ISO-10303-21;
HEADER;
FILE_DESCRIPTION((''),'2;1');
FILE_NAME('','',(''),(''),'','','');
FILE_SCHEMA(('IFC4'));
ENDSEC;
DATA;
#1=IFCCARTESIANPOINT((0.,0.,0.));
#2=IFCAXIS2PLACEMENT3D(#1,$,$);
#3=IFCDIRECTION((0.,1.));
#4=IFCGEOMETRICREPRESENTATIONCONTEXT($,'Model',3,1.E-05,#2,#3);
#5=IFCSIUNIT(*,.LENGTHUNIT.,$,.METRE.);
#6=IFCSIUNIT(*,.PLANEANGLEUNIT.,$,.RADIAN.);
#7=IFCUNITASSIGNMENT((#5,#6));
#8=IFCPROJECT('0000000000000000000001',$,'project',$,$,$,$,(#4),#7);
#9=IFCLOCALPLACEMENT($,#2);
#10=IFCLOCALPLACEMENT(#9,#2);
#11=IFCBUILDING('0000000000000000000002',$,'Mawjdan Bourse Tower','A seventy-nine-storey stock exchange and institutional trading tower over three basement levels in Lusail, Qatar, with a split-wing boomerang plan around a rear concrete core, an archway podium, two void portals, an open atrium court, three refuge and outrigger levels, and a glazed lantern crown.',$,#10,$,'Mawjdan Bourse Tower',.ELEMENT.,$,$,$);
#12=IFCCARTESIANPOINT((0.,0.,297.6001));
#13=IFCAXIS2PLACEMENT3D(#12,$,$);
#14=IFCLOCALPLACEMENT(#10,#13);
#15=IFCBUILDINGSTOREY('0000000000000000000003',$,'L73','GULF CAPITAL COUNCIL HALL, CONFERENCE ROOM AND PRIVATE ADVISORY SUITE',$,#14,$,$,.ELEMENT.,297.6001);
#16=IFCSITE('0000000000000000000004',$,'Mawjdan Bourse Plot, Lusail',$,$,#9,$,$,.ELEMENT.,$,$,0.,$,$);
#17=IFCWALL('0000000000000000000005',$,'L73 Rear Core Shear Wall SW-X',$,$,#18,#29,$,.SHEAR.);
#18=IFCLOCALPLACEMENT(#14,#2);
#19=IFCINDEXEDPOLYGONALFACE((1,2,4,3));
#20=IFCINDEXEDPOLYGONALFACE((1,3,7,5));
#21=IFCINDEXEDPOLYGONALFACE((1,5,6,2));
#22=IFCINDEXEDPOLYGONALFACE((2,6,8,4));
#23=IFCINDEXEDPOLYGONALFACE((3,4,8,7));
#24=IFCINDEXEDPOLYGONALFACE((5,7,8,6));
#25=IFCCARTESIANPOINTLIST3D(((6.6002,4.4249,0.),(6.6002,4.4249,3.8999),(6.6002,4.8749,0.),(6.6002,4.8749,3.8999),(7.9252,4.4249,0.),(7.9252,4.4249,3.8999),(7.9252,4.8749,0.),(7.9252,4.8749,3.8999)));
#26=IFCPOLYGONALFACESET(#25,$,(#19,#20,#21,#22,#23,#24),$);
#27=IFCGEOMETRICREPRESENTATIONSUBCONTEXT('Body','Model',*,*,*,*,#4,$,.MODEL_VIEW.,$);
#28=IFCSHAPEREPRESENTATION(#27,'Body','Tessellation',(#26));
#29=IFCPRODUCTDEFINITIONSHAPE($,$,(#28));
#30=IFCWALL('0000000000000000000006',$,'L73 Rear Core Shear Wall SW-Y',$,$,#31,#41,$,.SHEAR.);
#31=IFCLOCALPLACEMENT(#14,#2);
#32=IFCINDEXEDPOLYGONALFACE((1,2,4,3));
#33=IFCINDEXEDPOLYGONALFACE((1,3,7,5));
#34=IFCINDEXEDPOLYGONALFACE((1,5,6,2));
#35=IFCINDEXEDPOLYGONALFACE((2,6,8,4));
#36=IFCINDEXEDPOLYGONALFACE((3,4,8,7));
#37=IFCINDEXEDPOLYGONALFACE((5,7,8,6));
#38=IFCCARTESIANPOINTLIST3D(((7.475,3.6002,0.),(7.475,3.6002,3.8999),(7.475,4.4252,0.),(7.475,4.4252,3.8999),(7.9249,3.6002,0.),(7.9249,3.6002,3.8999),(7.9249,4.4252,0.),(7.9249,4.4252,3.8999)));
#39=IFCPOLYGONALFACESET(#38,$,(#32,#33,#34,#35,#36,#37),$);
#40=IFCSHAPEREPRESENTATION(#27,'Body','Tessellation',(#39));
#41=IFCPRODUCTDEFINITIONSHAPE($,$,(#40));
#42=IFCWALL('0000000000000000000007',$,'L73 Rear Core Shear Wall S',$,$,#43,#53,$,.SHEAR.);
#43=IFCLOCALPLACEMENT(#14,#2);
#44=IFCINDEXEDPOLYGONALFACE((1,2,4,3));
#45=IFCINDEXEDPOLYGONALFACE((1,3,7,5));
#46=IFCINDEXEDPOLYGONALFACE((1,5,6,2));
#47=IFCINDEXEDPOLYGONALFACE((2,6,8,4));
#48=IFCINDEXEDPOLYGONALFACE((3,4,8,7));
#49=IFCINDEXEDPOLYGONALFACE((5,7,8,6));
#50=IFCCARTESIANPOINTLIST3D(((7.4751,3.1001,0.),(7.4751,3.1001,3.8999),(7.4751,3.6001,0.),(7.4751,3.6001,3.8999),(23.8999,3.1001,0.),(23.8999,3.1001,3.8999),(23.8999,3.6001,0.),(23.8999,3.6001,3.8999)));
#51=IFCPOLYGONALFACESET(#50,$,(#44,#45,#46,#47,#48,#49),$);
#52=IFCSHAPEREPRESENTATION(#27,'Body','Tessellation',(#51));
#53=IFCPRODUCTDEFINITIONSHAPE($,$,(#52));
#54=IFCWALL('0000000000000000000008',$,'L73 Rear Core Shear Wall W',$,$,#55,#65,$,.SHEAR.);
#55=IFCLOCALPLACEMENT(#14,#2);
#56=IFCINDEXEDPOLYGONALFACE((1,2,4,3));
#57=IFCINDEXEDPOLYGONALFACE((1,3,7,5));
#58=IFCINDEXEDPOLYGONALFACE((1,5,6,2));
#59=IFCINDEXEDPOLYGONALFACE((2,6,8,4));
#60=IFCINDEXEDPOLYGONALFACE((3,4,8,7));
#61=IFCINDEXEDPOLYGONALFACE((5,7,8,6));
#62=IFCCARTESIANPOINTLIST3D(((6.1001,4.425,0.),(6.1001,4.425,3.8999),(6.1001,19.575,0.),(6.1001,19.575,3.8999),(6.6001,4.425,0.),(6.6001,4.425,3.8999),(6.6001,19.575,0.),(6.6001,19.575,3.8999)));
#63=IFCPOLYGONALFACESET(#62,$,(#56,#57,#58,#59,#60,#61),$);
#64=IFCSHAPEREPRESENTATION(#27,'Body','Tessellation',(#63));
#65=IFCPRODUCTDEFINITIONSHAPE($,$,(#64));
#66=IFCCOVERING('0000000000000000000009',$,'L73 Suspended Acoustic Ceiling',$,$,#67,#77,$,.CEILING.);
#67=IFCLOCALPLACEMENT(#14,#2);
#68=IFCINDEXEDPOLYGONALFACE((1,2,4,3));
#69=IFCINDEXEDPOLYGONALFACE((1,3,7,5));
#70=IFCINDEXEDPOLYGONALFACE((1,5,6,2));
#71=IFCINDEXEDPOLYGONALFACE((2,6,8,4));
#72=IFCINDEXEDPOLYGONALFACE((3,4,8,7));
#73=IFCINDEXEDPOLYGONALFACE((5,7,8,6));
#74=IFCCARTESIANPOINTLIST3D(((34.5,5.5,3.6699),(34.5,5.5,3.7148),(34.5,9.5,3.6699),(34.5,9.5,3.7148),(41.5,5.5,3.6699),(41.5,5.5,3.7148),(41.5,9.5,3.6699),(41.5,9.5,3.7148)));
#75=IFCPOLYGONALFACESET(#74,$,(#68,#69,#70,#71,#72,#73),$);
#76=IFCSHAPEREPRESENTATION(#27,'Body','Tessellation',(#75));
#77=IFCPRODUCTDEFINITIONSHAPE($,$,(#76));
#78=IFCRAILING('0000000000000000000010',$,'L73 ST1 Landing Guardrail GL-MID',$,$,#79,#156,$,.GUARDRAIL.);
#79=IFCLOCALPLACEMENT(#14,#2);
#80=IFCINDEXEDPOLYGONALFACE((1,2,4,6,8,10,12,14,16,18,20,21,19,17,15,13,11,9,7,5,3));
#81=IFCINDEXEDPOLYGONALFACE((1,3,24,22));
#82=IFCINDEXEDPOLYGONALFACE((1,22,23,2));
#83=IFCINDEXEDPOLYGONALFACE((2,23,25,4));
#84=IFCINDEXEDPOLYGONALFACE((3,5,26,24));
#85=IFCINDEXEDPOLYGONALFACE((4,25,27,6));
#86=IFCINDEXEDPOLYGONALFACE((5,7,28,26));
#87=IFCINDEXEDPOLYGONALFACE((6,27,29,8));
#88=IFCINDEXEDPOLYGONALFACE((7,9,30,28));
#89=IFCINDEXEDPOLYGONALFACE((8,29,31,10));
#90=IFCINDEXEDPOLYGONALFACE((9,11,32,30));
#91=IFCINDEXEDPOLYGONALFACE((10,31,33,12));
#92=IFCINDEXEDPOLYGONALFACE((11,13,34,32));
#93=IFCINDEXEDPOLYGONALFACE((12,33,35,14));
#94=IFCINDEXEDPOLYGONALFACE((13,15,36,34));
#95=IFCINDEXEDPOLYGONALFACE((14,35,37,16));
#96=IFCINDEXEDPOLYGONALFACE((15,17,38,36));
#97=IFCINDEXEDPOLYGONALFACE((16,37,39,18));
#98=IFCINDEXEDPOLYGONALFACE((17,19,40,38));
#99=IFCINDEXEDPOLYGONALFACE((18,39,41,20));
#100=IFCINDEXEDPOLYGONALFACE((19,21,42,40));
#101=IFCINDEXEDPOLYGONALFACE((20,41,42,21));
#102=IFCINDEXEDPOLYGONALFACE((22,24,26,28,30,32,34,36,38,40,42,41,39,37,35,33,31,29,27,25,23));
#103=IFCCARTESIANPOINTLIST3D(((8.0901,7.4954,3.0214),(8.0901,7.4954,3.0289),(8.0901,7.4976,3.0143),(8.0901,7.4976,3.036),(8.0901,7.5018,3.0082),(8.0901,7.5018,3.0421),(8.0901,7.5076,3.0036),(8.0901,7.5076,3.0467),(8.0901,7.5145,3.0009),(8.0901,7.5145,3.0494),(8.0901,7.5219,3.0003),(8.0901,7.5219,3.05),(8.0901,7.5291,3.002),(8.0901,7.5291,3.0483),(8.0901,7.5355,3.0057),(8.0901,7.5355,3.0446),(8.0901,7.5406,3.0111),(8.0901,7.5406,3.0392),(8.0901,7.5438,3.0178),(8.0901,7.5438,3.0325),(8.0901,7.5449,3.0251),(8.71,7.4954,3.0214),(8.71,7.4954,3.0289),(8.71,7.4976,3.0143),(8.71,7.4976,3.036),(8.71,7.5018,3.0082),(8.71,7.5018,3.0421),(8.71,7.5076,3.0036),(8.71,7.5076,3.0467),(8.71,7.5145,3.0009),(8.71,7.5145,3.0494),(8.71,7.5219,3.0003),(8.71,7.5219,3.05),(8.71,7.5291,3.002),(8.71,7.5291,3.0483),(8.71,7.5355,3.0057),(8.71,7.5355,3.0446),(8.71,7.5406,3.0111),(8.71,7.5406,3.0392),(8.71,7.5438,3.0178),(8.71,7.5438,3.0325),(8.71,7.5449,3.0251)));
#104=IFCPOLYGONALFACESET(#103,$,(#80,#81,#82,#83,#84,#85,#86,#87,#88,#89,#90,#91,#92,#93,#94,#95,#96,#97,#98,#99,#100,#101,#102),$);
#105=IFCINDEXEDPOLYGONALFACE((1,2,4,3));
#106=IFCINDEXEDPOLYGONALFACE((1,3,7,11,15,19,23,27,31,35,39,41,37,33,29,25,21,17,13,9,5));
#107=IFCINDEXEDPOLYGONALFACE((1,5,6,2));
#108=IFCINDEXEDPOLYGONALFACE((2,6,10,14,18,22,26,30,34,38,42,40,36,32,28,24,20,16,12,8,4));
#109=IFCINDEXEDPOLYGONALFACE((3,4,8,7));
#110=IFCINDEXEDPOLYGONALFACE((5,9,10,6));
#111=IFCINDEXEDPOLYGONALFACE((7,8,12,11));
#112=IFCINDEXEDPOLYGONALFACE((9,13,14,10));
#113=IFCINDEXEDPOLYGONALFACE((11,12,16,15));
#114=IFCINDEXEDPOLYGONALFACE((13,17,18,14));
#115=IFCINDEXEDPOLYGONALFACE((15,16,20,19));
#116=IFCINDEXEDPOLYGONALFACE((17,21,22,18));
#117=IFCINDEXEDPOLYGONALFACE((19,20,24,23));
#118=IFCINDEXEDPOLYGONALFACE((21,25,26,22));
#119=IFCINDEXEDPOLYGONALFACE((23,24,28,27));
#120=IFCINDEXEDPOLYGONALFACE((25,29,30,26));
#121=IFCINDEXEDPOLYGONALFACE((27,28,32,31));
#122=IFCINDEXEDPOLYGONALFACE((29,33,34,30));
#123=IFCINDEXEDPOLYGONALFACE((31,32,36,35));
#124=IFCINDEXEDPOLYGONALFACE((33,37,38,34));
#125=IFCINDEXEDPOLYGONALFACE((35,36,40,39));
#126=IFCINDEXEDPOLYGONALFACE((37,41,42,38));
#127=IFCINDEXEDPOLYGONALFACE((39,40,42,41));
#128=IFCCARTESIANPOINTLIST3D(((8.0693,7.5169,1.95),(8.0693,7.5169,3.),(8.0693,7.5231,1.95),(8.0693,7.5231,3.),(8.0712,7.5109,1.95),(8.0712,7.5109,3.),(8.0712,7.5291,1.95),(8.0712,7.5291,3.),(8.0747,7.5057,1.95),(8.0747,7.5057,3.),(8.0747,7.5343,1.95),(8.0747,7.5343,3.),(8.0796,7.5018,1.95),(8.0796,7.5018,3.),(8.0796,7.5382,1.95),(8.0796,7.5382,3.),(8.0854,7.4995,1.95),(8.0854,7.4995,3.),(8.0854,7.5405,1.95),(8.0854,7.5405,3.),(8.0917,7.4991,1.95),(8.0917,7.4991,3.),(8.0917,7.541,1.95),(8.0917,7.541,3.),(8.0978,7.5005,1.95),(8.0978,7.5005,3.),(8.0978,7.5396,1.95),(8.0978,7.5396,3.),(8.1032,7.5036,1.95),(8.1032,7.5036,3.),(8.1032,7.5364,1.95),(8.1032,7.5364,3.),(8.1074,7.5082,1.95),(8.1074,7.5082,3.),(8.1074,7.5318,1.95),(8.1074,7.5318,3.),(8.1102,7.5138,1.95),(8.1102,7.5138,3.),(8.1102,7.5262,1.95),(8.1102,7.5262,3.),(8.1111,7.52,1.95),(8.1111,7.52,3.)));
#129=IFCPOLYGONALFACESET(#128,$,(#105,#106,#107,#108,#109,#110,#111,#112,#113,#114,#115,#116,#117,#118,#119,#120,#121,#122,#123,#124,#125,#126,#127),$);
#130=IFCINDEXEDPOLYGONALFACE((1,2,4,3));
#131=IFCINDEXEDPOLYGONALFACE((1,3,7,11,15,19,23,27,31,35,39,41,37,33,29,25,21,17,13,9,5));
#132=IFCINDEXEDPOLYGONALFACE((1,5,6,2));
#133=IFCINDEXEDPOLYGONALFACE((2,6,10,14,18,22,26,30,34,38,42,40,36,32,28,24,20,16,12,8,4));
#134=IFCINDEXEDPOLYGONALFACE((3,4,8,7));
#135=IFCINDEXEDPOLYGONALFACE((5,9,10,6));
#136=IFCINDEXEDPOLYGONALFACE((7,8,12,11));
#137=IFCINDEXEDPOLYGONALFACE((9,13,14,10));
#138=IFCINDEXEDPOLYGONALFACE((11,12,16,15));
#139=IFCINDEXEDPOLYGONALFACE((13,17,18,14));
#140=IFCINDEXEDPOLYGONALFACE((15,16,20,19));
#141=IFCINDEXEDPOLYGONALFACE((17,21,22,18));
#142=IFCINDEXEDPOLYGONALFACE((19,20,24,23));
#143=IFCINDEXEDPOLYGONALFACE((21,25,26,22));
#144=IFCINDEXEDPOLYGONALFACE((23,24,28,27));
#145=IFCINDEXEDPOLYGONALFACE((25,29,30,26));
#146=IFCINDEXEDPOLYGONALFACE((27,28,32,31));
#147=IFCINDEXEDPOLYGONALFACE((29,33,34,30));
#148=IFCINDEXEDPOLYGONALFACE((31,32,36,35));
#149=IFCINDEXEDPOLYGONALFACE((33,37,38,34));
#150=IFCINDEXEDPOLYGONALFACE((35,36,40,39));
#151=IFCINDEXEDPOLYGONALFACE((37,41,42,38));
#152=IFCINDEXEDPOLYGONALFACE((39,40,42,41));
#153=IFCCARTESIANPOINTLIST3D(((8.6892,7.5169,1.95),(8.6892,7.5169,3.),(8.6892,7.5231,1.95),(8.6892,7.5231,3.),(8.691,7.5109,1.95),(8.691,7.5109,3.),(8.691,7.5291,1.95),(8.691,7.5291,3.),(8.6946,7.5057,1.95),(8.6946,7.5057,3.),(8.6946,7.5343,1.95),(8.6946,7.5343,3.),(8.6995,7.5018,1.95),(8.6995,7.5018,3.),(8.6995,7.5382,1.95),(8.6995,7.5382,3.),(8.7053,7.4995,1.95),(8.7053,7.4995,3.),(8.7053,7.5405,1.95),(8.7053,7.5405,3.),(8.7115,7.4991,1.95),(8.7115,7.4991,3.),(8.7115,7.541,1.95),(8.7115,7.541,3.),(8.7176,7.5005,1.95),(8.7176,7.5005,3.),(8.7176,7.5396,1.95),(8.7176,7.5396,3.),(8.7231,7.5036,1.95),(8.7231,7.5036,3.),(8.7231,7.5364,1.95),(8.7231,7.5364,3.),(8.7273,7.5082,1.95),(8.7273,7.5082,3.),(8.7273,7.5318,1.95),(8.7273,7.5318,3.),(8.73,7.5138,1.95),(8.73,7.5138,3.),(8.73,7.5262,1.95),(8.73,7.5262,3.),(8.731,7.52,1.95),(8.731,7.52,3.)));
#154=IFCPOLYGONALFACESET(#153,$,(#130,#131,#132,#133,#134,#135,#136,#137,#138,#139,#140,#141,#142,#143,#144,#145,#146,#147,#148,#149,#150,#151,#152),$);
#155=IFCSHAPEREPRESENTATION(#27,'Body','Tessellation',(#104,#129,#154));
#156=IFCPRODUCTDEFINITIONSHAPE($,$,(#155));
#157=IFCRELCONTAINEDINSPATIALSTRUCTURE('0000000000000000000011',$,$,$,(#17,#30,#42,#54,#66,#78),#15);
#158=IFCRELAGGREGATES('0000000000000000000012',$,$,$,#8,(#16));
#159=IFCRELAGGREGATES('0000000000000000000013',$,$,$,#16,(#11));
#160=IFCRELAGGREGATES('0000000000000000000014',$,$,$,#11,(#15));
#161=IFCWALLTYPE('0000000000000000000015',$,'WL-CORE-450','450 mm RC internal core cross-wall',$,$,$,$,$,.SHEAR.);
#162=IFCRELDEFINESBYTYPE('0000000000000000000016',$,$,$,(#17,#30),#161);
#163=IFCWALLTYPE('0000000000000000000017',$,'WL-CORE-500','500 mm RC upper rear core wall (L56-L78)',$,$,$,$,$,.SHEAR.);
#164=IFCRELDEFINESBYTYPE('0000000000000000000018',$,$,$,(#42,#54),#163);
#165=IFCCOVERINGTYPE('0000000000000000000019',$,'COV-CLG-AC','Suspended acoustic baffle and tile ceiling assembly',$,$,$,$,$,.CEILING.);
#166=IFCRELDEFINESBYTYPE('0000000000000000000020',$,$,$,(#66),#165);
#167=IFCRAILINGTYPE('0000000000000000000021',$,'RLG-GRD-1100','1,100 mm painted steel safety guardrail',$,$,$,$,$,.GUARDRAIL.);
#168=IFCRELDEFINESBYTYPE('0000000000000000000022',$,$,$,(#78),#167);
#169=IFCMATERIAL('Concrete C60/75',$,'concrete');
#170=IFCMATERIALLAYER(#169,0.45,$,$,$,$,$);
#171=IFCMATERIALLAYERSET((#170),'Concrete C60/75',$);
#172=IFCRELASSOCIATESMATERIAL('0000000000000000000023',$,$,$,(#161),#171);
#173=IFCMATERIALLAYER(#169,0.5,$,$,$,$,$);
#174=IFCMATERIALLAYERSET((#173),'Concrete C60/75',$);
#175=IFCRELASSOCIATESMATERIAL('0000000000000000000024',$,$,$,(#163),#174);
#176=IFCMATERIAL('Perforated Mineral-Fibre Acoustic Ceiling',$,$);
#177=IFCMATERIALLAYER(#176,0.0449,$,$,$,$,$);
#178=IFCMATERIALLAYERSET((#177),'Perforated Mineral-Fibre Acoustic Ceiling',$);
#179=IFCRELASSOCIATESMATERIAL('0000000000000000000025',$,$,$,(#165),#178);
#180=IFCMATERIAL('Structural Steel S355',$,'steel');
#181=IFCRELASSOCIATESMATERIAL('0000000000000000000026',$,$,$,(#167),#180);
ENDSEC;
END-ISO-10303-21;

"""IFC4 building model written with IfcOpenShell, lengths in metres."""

from ifc_helpers import new_model, si_unit, direction, frame, frame_2d, origin, origin_2d, place, context, subcontext, project, spatial, polyline, rectangle, circle, outline, extrude, material, layer, layer_set, type_object, element, save


model = new_model("IFC4")

# Units and contexts
model_context = context("Model", 3, precision=1e-05, world=origin(), true_north=direction((0.0, 1.0)))
body_context = subcontext(model_context, "Body", "Model", "MODEL_VIEW")
ifc_project = project(units=[si_unit("LENGTHUNIT", "METRE"), si_unit("PLANEANGLEUNIT", "RADIAN")], contexts=[model_context])

# Site, building, storey
site_placement = place(None, origin())
site = spatial("IfcSite", under=ifc_project, at=site_placement, Name="Mawjdan Bourse Plot, Lusail", CompositionType="ELEMENT", RefElevation=0.0)
building_placement = place(site_placement, origin())
building = spatial("IfcBuilding", under=site, at=building_placement, Name="Mawjdan Bourse Tower", Description="A seventy-nine-storey stock exchange and institutional trading tower over three basement levels in Lusail, Qatar, with a split-wing boomerang plan around a rear concrete core, an archway podium, two void portals, an open atrium court, three refuge and outrigger levels, and a glazed lantern crown.", LongName="Mawjdan Bourse Tower", CompositionType="ELEMENT")
storey_placement = place(building_placement, frame((0.0, 0.0, 297.6001)))
storey = spatial("IfcBuildingStorey", under=building, at=storey_placement, Name="L73", Description="GULF CAPITAL COUNCIL HALL, CONFERENCE ROOM AND PRIVATE ADVISORY SUITE", CompositionType="ELEMENT", Elevation=297.6001)

# Walls
ifc_material_1 = material(Name="Concrete C60/75", Category="concrete")
ifc_layer_1 = layer(ifc_material_1, 0.45)
ifc_layer_set_1 = layer_set([ifc_layer_1], Name="Concrete C60/75")
wall_type_1 = type_object("IfcWallType", Name="WL-CORE-450", Description="450 mm RC internal core cross-wall", PredefinedType="SHEAR", material=ifc_layer_set_1)
wall_1_placement = place(storey_placement, frame((6.6001, 4.6499, 0.0), z_axis=(0.0, 0.0, 1.0), x_axis=(1.0, 0.0, 0.0)))
element("IfcWall", 1, at=wall_1_placement, inside=storey, type_object=wall_type_1, Name="L73 Rear Core Shear Wall SW-X", PredefinedType="SHEAR", context=body_context, shape_type="SweptSolid", body=[
    extrude(rectangle(XDim=1.325, YDim=0.45, at=frame_2d((0.6626, 0.0))), origin(), (0.0, 0.0, 1.0), 3.8999),
])
wall_2_placement = place(storey_placement, frame((7.7, 3.6001, 0.0), z_axis=(0.0, 0.0, 1.0), x_axis=(0.0, 1.0, 0.0)))
element("IfcWall", 2, at=wall_2_placement, inside=storey, type_object=wall_type_1, Name="L73 Rear Core Shear Wall SW-Y", PredefinedType="SHEAR", context=body_context, shape_type="SweptSolid", body=[
    extrude(rectangle(XDim=0.825, YDim=0.45, at=frame_2d((0.4126, 0.0))), origin(), (0.0, 0.0, 1.0), 3.8999),
])
ifc_layer_2 = layer(ifc_material_1, 0.5)
ifc_layer_set_2 = layer_set([ifc_layer_2], Name="Concrete C60/75")
wall_type_2 = type_object("IfcWallType", Name="WL-CORE-500", Description="500 mm RC upper rear core wall (L56-L78)", PredefinedType="SHEAR", material=ifc_layer_set_2)
wall_3_placement = place(storey_placement, frame((7.4751, 3.3501, 0.0), z_axis=(0.0, 0.0, 1.0), x_axis=(1.0, 0.0, 0.0)))
element("IfcWall", 3, at=wall_3_placement, inside=storey, type_object=wall_type_2, Name="L73 Rear Core Shear Wall S", PredefinedType="SHEAR", context=body_context, shape_type="SweptSolid", body=[
    extrude(rectangle(XDim=16.4248, YDim=0.5, at=frame_2d((8.2124, 0.0))), origin(), (0.0, 0.0, 1.0), 3.8999),
])
wall_4_placement = place(storey_placement, frame((6.3501, 4.425, 0.0), z_axis=(0.0, 0.0, 1.0), x_axis=(0.0, 1.0, 0.0)))
element("IfcWall", 4, at=wall_4_placement, inside=storey, type_object=wall_type_2, Name="L73 Rear Core Shear Wall W", PredefinedType="SHEAR", context=body_context, shape_type="SweptSolid", body=[
    extrude(rectangle(XDim=15.1499, YDim=0.5, at=frame_2d((7.575, 0.0))), origin(), (0.0, 0.0, 1.0), 3.8999),
])

# Covering
ifc_material_2 = material(Name="Perforated Mineral-Fibre Acoustic Ceiling")
ifc_layer_3 = layer(ifc_material_2, 0.0449)
ifc_layer_set_3 = layer_set([ifc_layer_3], Name="Perforated Mineral-Fibre Acoustic Ceiling")
covering_type = type_object("IfcCoveringType", Name="COV-CLG-AC", Description="Suspended acoustic baffle and tile ceiling assembly", PredefinedType="CEILING", material=ifc_layer_set_3)
covering_placement = place(storey_placement, frame((0.0, 0.0, 3.6699)))
element("IfcCovering", 5, at=covering_placement, inside=storey, type_object=covering_type, Name="L73 Suspended Acoustic Ceiling", PredefinedType="CEILING", context=body_context, shape_type="SweptSolid", body=[
    extrude(outline(polyline([(34.5, 5.5), (41.5, 5.5), (41.5, 9.5), (34.5, 9.5), (34.5, 5.5)])), origin(), (0.0, 0.0, 1.0), 0.0449),
])

# Railing
ifc_material_3 = material(Name="Structural Steel S355", Category="steel")
railing_type_1 = type_object("IfcRailingType", Name="RLG-GRD-1100", Description="1,100 mm painted steel safety guardrail", PredefinedType="GUARDRAIL", material=ifc_material_3)
for number, where, name in (
    (6, (8.0901, 7.52, 1.95), "L73 ST1 Landing Guardrail GL-MID"),
):
    element("IfcRailing", number, at=place(storey_placement, frame(where)), inside=storey, type_object=railing_type_1, Name=name, PredefinedType="GUARDRAIL", context=body_context, shape_type="SweptSolid", body=[
        extrude(circle(Radius=0.0249, at=origin_2d()), frame((0.0, 0.0, 1.0752), z_axis=(1.0, 0.0, 0.0), x_axis=(0.0, 1.0, 0.0)), (0.0, 0.0, 1.0), 0.6199),
        extrude(circle(Radius=0.021, at=origin_2d()), origin(), (0.0, 0.0, 1.0), 1.05),
        extrude(circle(Radius=0.021, at=origin_2d()), frame((0.6199, 0.0, 0.0)), (0.0, 0.0, 1.0), 1.05),
    ])

save(model, "model.ifc")
